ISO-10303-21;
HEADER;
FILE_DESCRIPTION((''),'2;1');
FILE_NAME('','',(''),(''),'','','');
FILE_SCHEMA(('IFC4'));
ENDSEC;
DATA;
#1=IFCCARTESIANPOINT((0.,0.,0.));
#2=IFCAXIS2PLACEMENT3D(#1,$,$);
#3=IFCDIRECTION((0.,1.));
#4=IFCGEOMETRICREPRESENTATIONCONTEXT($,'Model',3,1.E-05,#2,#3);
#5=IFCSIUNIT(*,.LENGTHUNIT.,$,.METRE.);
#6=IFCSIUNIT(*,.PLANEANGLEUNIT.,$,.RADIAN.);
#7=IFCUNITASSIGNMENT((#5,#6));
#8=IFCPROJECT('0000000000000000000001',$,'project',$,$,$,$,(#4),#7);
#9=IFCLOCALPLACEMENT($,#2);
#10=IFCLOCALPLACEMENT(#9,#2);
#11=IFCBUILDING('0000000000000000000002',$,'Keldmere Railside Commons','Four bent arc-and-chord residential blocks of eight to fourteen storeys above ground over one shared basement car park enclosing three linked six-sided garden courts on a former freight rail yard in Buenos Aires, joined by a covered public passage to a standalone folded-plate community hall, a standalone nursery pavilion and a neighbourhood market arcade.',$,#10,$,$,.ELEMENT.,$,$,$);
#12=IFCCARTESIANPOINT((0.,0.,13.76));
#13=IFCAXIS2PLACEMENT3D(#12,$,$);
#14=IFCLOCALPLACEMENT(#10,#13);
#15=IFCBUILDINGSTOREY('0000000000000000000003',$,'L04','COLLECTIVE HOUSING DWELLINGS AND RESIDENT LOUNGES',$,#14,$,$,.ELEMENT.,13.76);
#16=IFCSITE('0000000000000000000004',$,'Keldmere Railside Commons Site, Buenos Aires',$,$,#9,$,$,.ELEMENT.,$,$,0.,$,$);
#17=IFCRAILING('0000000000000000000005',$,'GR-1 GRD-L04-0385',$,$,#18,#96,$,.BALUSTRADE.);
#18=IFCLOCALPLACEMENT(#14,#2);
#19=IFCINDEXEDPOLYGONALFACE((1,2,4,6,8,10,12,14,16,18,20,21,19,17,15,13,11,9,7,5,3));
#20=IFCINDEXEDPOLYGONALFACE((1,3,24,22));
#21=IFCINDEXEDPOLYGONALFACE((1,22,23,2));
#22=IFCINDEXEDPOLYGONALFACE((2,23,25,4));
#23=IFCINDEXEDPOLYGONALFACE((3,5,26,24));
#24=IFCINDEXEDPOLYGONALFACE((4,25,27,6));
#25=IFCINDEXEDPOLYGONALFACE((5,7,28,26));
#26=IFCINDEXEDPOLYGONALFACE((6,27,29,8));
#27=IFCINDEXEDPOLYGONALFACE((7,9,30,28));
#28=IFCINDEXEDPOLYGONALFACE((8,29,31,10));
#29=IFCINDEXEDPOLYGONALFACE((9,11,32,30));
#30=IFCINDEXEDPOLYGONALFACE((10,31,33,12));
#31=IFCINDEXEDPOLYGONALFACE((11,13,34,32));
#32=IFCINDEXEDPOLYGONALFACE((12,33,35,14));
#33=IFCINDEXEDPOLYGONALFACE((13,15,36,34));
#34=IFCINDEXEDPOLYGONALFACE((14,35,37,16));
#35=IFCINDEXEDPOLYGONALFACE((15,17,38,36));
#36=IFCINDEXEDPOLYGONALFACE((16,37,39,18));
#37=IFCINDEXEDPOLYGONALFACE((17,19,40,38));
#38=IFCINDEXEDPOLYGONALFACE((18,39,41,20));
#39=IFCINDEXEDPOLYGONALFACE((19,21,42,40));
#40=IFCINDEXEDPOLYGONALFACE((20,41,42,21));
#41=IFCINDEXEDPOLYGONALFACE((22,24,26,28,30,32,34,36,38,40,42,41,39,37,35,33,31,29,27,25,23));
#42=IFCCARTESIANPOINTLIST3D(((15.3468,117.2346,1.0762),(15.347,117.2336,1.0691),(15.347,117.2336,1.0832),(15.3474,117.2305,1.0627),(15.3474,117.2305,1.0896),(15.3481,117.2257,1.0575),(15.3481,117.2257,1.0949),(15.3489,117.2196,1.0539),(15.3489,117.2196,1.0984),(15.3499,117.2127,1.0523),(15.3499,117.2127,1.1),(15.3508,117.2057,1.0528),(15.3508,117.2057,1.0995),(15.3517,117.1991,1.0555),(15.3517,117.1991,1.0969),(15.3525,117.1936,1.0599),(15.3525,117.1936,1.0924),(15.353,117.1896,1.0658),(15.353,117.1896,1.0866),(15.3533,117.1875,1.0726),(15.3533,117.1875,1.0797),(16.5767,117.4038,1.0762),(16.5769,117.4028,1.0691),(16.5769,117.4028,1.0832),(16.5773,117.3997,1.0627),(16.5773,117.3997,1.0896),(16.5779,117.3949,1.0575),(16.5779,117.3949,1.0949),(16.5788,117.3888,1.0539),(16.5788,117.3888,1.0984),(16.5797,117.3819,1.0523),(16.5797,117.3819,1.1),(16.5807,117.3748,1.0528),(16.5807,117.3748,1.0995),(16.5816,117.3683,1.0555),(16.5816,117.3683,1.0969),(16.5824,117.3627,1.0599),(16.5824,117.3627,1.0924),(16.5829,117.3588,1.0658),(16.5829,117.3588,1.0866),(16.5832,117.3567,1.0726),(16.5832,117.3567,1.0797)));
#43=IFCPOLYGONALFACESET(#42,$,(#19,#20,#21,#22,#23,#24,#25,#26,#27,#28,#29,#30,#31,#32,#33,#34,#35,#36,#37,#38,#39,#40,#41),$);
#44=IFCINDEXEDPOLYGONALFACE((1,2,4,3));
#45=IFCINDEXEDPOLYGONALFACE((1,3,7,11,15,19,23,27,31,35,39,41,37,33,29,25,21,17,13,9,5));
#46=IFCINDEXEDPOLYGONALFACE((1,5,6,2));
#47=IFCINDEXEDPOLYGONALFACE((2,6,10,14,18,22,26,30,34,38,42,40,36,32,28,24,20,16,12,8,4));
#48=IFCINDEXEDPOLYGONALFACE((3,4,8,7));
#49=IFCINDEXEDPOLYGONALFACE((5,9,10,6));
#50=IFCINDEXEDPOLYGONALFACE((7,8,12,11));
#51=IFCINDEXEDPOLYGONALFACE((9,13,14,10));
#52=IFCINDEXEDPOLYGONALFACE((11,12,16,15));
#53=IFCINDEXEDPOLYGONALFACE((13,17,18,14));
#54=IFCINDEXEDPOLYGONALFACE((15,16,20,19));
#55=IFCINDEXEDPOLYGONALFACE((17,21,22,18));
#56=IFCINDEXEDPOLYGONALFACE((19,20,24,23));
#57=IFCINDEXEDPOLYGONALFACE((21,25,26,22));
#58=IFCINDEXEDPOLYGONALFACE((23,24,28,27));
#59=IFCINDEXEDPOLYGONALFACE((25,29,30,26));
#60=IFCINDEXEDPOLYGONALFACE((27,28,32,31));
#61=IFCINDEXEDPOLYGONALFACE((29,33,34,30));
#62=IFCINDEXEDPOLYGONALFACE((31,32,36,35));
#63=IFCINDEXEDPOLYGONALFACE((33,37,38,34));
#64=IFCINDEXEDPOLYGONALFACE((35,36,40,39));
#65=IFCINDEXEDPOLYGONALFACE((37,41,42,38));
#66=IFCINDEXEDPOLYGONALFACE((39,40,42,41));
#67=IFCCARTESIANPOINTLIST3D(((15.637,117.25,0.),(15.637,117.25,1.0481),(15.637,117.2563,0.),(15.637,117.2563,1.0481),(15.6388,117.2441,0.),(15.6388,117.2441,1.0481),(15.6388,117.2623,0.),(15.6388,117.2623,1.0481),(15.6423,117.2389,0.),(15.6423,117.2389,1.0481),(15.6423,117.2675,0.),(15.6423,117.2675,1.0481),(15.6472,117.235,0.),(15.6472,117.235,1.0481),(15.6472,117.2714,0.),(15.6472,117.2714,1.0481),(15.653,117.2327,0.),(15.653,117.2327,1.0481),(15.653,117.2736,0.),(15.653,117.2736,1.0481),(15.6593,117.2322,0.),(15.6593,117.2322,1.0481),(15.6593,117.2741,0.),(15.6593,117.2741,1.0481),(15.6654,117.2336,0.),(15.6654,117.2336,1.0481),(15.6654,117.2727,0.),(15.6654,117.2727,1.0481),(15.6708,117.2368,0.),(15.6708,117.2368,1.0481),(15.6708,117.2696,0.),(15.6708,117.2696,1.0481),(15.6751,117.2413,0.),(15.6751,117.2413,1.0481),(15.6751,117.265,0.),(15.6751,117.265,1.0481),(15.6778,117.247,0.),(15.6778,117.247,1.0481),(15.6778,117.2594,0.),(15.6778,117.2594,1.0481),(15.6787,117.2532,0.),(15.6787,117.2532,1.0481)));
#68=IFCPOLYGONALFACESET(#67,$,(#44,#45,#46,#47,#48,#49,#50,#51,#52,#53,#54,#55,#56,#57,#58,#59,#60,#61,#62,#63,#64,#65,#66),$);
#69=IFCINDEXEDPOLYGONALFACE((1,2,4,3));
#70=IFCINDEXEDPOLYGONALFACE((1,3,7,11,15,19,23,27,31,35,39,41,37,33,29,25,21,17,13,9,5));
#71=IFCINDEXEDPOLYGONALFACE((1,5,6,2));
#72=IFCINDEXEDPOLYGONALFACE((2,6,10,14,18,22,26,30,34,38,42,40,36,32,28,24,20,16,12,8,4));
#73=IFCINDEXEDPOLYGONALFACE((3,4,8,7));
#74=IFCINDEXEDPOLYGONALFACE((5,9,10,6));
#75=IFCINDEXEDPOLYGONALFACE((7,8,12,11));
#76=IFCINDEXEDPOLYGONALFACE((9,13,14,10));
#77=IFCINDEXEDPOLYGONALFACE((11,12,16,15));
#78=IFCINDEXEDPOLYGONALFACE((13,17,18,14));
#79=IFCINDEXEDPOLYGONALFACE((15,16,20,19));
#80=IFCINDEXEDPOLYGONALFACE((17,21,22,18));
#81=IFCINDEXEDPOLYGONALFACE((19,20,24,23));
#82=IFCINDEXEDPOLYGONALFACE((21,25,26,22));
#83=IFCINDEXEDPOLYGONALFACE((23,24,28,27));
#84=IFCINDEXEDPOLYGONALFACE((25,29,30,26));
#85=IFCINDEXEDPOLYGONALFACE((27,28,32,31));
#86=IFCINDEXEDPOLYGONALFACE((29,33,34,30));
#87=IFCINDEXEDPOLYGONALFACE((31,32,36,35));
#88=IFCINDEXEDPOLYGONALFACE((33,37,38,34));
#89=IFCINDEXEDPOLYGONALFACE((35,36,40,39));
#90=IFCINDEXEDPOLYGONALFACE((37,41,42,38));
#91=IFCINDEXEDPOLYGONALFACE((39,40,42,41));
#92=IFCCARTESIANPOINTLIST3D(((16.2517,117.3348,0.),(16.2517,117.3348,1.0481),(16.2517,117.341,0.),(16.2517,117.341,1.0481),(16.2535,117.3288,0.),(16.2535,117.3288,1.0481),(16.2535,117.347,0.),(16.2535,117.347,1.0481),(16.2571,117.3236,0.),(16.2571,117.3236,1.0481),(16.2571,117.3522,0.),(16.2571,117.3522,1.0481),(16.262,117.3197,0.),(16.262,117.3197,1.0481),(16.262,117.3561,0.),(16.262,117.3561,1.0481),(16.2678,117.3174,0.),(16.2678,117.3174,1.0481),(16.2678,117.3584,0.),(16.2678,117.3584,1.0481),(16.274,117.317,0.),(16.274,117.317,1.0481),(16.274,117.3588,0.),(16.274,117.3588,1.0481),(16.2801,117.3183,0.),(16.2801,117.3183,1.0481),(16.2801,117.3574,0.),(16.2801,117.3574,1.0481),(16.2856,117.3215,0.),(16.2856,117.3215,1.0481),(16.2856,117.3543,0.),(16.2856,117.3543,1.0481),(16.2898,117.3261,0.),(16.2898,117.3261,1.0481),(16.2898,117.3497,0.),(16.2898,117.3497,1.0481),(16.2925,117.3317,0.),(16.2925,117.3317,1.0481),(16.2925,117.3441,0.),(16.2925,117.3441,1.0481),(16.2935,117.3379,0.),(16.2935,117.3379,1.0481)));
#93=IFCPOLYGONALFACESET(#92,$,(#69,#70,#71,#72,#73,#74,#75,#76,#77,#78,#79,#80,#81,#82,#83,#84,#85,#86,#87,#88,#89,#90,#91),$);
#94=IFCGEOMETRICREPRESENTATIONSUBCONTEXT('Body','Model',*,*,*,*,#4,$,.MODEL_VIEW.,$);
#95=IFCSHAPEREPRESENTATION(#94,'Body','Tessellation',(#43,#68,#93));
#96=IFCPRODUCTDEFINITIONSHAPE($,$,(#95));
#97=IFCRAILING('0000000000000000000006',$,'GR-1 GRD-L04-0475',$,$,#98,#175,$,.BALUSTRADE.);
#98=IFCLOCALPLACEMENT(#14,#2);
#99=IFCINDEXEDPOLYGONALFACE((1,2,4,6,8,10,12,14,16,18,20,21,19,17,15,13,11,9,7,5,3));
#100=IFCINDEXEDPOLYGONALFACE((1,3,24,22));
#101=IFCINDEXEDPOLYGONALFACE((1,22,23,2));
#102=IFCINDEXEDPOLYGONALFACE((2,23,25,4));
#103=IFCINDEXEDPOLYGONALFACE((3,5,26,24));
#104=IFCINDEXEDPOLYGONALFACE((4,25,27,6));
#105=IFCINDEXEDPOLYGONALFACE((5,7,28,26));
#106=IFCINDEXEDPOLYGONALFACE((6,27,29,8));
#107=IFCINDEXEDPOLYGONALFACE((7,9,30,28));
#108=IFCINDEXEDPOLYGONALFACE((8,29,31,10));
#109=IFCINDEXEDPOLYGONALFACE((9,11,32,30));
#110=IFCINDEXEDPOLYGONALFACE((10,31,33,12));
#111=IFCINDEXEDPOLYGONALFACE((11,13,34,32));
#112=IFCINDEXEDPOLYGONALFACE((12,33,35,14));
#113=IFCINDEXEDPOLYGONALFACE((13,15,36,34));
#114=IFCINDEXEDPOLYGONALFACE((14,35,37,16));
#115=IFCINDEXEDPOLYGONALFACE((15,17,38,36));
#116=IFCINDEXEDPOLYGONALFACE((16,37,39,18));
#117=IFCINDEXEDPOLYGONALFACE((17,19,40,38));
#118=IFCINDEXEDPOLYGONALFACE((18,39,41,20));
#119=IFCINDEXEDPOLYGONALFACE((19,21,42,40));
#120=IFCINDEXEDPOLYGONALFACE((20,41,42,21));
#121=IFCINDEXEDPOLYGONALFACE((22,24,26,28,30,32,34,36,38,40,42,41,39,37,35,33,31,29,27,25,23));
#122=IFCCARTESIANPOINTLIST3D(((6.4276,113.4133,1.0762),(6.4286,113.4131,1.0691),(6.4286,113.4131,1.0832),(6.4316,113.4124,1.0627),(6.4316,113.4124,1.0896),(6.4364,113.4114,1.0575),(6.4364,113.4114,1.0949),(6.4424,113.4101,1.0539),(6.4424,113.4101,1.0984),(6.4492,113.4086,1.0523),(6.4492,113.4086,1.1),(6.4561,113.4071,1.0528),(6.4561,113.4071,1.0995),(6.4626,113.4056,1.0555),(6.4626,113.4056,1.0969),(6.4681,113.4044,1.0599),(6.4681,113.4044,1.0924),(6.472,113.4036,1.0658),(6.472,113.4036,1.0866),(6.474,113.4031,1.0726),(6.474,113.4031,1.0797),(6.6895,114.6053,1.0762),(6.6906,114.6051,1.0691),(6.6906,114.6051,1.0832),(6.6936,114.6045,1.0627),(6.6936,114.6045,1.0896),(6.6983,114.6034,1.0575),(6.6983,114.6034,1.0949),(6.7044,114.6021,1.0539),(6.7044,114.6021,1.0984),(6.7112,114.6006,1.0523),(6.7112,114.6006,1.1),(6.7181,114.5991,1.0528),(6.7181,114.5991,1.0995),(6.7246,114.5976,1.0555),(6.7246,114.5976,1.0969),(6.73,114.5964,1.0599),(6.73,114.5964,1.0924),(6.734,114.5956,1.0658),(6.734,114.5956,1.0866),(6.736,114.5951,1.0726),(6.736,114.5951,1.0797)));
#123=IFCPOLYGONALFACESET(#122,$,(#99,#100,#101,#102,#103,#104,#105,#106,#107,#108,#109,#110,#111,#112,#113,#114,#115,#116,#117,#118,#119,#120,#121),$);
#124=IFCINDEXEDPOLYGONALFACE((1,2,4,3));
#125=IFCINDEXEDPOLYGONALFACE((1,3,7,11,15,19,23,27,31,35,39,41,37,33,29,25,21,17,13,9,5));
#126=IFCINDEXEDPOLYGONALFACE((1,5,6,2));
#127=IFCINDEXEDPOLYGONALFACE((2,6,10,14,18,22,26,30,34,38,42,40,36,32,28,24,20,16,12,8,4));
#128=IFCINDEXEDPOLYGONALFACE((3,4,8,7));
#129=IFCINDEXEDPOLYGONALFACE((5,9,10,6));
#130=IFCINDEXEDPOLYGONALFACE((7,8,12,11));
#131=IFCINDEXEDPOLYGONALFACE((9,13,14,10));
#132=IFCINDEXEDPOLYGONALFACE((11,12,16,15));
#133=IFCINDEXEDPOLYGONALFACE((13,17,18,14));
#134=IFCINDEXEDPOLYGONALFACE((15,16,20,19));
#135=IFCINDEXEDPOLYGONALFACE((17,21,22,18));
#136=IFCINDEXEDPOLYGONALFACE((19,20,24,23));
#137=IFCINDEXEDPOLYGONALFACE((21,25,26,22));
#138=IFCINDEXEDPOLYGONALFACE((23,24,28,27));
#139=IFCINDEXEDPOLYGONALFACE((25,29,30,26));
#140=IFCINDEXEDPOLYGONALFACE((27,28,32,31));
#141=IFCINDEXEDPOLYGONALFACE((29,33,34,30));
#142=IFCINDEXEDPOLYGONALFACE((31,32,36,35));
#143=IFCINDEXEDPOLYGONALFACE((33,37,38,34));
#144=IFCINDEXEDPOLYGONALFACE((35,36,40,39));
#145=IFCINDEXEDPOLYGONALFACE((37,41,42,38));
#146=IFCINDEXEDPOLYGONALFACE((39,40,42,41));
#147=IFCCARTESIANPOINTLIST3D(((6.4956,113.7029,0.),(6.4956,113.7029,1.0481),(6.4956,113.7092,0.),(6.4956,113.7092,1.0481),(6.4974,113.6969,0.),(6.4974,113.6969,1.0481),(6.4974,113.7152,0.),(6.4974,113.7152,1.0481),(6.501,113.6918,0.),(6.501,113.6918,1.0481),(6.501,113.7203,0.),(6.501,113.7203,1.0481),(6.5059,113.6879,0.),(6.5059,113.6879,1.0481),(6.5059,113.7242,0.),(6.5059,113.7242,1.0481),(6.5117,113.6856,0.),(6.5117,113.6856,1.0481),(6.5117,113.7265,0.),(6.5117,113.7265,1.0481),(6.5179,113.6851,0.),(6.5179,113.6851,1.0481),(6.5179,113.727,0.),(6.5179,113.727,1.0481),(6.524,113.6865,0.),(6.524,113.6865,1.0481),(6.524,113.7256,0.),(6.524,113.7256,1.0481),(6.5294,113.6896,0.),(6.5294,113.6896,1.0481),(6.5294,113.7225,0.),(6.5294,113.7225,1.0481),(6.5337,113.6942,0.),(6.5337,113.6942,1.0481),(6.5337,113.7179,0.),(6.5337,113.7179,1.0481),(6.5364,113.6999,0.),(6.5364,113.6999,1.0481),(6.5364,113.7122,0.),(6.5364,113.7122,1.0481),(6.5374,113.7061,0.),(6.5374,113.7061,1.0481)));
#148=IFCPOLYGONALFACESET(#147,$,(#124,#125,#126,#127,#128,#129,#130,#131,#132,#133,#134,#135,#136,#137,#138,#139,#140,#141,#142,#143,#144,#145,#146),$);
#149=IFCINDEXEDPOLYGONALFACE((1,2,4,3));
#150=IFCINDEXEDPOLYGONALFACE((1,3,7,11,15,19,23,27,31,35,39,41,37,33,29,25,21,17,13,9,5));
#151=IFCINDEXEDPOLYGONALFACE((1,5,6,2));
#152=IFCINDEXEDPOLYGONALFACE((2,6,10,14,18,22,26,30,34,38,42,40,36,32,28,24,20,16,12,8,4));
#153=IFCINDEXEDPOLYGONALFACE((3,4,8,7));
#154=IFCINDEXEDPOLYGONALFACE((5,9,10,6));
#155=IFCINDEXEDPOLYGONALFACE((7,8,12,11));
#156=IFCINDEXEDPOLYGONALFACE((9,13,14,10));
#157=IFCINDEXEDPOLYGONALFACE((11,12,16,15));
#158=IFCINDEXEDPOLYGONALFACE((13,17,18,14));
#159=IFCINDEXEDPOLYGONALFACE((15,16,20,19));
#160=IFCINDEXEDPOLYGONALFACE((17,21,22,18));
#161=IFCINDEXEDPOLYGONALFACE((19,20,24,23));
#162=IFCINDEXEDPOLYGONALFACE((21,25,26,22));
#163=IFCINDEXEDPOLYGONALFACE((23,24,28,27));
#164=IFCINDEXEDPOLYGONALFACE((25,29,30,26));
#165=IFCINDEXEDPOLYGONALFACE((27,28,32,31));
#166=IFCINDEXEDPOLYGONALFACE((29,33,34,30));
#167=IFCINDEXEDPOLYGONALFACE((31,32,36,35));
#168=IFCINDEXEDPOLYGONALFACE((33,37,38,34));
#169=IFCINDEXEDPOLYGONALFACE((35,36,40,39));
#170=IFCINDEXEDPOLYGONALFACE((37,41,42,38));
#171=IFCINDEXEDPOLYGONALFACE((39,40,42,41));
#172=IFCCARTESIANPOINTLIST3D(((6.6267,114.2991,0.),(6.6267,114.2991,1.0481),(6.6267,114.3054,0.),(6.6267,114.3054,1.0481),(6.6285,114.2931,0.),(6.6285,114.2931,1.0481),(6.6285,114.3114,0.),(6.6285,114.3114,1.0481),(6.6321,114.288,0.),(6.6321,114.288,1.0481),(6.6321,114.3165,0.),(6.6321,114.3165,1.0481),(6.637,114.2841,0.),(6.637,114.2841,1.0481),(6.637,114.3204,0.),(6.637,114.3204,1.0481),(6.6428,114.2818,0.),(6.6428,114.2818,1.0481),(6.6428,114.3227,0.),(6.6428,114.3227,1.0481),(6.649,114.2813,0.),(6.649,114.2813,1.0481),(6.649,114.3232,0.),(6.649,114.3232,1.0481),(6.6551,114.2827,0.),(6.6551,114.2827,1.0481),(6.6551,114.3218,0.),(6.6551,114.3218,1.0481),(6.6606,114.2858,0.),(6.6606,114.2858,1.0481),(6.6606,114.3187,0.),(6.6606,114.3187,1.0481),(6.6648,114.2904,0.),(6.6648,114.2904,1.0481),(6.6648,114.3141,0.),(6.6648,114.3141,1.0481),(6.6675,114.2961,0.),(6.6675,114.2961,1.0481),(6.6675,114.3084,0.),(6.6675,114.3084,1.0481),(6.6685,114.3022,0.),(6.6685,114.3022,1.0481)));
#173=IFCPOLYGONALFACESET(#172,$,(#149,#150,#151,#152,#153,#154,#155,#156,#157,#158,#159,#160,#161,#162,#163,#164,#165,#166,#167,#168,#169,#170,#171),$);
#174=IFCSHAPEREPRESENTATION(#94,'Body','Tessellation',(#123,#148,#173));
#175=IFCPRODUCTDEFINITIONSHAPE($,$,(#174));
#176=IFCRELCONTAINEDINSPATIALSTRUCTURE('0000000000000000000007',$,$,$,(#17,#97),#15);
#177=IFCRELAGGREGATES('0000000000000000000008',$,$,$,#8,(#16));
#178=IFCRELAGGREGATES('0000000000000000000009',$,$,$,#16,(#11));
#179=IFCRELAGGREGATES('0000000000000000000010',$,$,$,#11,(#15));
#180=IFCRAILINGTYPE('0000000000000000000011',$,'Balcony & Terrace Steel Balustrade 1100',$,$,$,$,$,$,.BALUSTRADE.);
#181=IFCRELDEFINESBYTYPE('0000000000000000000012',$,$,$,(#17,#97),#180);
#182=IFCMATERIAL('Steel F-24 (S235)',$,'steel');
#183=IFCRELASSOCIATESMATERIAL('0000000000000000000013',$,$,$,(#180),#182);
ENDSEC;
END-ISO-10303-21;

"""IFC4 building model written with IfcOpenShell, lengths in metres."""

from ifc_helpers import new_model, si_unit, direction, frame, origin, origin_2d, place, context, subcontext, project, spatial, circle, extrude, material, type_object, element, save


model = new_model("IFC4")

# Units and contexts
model_context = context("Model", 3, precision=1e-05, world=origin(), true_north=direction((0.0, 1.0)))
body_context = subcontext(model_context, "Body", "Model", "MODEL_VIEW")
ifc_project = project(units=[si_unit("LENGTHUNIT", "METRE"), si_unit("PLANEANGLEUNIT", "RADIAN")], contexts=[model_context])

# Site, building, storey
site_placement = place(None, origin())
site = spatial("IfcSite", under=ifc_project, at=site_placement, Name="Keldmere Railside Commons Site, Buenos Aires", CompositionType="ELEMENT", RefElevation=0.0)
building_placement = place(site_placement, origin())
building = spatial("IfcBuilding", under=site, at=building_placement, Name="Keldmere Railside Commons", Description="Four bent arc-and-chord residential blocks of eight to fourteen storeys above ground over one shared basement car park enclosing three linked six-sided garden courts on a former freight rail yard in Buenos Aires, joined by a covered public passage to a standalone folded-plate community hall, a standalone nursery pavilion and a neighbourhood market arcade.", CompositionType="ELEMENT")
storey_placement = place(building_placement, frame((0.0, 0.0, 13.76)))
storey = spatial("IfcBuildingStorey", under=building, at=storey_placement, Name="L04", Description="COLLECTIVE HOUSING DWELLINGS AND RESIDENT LOUNGES", CompositionType="ELEMENT", Elevation=13.76)

# Railings
ifc_material_1 = material(Name="Steel F-24 (S235)", Category="steel")
railing_type = type_object("IfcRailingType", Name="Balcony & Terrace Steel Balustrade 1100", PredefinedType="BALUSTRADE", material=ifc_material_1)
railing_1_placement = place(storey_placement, frame((15.3501, 117.2109, 0.0)))
element("IfcRailing", 1, at=railing_1_placement, inside=storey, type_object=railing_type, Name="GR-1 GRD-L04-0385", PredefinedType="BALUSTRADE", context=body_context, shape_type="SweptSolid", body=[
    extrude(circle(Radius=0.0239, at=origin_2d()), frame((0.0, 0.0, 1.0762), z_axis=(0.990672, 0.136271, 0.0), x_axis=(-0.136271, 0.990672, 0.0)), (0.0, 0.0, 1.0), 1.2415),
    extrude(circle(Radius=0.021, at=origin_2d()), frame((0.3076, 0.0422, 0.0)), (0.0, 0.0, 1.0), 1.0481),
    extrude(circle(Radius=0.021, at=origin_2d()), frame((0.9224, 0.127, 0.0)), (0.0, 0.0, 1.0), 1.0481),
])
railing_2_placement = place(storey_placement, frame((6.4509, 113.4082, 0.0)))
element("IfcRailing", 2, at=railing_2_placement, inside=storey, type_object=railing_type, Name="GR-1 GRD-L04-0475", PredefinedType="BALUSTRADE", context=body_context, shape_type="SweptSolid", body=[
    extrude(circle(Radius=0.0239, at=origin_2d()), frame((0.0, 0.0, 1.0762), z_axis=(0.214663, 0.976688, 0.0), x_axis=(-0.976688, 0.214663, 0.0)), (0.0, 0.0, 1.0), 1.2205),
    extrude(circle(Radius=0.021, at=origin_2d()), frame((0.0654, 0.2979, 0.0)), (0.0, 0.0, 1.0), 1.0481),
    extrude(circle(Radius=0.021, at=origin_2d()), frame((0.1965, 0.894, 0.0)), (0.0, 0.0, 1.0), 1.0481),
])

save(model, "model.ifc")
